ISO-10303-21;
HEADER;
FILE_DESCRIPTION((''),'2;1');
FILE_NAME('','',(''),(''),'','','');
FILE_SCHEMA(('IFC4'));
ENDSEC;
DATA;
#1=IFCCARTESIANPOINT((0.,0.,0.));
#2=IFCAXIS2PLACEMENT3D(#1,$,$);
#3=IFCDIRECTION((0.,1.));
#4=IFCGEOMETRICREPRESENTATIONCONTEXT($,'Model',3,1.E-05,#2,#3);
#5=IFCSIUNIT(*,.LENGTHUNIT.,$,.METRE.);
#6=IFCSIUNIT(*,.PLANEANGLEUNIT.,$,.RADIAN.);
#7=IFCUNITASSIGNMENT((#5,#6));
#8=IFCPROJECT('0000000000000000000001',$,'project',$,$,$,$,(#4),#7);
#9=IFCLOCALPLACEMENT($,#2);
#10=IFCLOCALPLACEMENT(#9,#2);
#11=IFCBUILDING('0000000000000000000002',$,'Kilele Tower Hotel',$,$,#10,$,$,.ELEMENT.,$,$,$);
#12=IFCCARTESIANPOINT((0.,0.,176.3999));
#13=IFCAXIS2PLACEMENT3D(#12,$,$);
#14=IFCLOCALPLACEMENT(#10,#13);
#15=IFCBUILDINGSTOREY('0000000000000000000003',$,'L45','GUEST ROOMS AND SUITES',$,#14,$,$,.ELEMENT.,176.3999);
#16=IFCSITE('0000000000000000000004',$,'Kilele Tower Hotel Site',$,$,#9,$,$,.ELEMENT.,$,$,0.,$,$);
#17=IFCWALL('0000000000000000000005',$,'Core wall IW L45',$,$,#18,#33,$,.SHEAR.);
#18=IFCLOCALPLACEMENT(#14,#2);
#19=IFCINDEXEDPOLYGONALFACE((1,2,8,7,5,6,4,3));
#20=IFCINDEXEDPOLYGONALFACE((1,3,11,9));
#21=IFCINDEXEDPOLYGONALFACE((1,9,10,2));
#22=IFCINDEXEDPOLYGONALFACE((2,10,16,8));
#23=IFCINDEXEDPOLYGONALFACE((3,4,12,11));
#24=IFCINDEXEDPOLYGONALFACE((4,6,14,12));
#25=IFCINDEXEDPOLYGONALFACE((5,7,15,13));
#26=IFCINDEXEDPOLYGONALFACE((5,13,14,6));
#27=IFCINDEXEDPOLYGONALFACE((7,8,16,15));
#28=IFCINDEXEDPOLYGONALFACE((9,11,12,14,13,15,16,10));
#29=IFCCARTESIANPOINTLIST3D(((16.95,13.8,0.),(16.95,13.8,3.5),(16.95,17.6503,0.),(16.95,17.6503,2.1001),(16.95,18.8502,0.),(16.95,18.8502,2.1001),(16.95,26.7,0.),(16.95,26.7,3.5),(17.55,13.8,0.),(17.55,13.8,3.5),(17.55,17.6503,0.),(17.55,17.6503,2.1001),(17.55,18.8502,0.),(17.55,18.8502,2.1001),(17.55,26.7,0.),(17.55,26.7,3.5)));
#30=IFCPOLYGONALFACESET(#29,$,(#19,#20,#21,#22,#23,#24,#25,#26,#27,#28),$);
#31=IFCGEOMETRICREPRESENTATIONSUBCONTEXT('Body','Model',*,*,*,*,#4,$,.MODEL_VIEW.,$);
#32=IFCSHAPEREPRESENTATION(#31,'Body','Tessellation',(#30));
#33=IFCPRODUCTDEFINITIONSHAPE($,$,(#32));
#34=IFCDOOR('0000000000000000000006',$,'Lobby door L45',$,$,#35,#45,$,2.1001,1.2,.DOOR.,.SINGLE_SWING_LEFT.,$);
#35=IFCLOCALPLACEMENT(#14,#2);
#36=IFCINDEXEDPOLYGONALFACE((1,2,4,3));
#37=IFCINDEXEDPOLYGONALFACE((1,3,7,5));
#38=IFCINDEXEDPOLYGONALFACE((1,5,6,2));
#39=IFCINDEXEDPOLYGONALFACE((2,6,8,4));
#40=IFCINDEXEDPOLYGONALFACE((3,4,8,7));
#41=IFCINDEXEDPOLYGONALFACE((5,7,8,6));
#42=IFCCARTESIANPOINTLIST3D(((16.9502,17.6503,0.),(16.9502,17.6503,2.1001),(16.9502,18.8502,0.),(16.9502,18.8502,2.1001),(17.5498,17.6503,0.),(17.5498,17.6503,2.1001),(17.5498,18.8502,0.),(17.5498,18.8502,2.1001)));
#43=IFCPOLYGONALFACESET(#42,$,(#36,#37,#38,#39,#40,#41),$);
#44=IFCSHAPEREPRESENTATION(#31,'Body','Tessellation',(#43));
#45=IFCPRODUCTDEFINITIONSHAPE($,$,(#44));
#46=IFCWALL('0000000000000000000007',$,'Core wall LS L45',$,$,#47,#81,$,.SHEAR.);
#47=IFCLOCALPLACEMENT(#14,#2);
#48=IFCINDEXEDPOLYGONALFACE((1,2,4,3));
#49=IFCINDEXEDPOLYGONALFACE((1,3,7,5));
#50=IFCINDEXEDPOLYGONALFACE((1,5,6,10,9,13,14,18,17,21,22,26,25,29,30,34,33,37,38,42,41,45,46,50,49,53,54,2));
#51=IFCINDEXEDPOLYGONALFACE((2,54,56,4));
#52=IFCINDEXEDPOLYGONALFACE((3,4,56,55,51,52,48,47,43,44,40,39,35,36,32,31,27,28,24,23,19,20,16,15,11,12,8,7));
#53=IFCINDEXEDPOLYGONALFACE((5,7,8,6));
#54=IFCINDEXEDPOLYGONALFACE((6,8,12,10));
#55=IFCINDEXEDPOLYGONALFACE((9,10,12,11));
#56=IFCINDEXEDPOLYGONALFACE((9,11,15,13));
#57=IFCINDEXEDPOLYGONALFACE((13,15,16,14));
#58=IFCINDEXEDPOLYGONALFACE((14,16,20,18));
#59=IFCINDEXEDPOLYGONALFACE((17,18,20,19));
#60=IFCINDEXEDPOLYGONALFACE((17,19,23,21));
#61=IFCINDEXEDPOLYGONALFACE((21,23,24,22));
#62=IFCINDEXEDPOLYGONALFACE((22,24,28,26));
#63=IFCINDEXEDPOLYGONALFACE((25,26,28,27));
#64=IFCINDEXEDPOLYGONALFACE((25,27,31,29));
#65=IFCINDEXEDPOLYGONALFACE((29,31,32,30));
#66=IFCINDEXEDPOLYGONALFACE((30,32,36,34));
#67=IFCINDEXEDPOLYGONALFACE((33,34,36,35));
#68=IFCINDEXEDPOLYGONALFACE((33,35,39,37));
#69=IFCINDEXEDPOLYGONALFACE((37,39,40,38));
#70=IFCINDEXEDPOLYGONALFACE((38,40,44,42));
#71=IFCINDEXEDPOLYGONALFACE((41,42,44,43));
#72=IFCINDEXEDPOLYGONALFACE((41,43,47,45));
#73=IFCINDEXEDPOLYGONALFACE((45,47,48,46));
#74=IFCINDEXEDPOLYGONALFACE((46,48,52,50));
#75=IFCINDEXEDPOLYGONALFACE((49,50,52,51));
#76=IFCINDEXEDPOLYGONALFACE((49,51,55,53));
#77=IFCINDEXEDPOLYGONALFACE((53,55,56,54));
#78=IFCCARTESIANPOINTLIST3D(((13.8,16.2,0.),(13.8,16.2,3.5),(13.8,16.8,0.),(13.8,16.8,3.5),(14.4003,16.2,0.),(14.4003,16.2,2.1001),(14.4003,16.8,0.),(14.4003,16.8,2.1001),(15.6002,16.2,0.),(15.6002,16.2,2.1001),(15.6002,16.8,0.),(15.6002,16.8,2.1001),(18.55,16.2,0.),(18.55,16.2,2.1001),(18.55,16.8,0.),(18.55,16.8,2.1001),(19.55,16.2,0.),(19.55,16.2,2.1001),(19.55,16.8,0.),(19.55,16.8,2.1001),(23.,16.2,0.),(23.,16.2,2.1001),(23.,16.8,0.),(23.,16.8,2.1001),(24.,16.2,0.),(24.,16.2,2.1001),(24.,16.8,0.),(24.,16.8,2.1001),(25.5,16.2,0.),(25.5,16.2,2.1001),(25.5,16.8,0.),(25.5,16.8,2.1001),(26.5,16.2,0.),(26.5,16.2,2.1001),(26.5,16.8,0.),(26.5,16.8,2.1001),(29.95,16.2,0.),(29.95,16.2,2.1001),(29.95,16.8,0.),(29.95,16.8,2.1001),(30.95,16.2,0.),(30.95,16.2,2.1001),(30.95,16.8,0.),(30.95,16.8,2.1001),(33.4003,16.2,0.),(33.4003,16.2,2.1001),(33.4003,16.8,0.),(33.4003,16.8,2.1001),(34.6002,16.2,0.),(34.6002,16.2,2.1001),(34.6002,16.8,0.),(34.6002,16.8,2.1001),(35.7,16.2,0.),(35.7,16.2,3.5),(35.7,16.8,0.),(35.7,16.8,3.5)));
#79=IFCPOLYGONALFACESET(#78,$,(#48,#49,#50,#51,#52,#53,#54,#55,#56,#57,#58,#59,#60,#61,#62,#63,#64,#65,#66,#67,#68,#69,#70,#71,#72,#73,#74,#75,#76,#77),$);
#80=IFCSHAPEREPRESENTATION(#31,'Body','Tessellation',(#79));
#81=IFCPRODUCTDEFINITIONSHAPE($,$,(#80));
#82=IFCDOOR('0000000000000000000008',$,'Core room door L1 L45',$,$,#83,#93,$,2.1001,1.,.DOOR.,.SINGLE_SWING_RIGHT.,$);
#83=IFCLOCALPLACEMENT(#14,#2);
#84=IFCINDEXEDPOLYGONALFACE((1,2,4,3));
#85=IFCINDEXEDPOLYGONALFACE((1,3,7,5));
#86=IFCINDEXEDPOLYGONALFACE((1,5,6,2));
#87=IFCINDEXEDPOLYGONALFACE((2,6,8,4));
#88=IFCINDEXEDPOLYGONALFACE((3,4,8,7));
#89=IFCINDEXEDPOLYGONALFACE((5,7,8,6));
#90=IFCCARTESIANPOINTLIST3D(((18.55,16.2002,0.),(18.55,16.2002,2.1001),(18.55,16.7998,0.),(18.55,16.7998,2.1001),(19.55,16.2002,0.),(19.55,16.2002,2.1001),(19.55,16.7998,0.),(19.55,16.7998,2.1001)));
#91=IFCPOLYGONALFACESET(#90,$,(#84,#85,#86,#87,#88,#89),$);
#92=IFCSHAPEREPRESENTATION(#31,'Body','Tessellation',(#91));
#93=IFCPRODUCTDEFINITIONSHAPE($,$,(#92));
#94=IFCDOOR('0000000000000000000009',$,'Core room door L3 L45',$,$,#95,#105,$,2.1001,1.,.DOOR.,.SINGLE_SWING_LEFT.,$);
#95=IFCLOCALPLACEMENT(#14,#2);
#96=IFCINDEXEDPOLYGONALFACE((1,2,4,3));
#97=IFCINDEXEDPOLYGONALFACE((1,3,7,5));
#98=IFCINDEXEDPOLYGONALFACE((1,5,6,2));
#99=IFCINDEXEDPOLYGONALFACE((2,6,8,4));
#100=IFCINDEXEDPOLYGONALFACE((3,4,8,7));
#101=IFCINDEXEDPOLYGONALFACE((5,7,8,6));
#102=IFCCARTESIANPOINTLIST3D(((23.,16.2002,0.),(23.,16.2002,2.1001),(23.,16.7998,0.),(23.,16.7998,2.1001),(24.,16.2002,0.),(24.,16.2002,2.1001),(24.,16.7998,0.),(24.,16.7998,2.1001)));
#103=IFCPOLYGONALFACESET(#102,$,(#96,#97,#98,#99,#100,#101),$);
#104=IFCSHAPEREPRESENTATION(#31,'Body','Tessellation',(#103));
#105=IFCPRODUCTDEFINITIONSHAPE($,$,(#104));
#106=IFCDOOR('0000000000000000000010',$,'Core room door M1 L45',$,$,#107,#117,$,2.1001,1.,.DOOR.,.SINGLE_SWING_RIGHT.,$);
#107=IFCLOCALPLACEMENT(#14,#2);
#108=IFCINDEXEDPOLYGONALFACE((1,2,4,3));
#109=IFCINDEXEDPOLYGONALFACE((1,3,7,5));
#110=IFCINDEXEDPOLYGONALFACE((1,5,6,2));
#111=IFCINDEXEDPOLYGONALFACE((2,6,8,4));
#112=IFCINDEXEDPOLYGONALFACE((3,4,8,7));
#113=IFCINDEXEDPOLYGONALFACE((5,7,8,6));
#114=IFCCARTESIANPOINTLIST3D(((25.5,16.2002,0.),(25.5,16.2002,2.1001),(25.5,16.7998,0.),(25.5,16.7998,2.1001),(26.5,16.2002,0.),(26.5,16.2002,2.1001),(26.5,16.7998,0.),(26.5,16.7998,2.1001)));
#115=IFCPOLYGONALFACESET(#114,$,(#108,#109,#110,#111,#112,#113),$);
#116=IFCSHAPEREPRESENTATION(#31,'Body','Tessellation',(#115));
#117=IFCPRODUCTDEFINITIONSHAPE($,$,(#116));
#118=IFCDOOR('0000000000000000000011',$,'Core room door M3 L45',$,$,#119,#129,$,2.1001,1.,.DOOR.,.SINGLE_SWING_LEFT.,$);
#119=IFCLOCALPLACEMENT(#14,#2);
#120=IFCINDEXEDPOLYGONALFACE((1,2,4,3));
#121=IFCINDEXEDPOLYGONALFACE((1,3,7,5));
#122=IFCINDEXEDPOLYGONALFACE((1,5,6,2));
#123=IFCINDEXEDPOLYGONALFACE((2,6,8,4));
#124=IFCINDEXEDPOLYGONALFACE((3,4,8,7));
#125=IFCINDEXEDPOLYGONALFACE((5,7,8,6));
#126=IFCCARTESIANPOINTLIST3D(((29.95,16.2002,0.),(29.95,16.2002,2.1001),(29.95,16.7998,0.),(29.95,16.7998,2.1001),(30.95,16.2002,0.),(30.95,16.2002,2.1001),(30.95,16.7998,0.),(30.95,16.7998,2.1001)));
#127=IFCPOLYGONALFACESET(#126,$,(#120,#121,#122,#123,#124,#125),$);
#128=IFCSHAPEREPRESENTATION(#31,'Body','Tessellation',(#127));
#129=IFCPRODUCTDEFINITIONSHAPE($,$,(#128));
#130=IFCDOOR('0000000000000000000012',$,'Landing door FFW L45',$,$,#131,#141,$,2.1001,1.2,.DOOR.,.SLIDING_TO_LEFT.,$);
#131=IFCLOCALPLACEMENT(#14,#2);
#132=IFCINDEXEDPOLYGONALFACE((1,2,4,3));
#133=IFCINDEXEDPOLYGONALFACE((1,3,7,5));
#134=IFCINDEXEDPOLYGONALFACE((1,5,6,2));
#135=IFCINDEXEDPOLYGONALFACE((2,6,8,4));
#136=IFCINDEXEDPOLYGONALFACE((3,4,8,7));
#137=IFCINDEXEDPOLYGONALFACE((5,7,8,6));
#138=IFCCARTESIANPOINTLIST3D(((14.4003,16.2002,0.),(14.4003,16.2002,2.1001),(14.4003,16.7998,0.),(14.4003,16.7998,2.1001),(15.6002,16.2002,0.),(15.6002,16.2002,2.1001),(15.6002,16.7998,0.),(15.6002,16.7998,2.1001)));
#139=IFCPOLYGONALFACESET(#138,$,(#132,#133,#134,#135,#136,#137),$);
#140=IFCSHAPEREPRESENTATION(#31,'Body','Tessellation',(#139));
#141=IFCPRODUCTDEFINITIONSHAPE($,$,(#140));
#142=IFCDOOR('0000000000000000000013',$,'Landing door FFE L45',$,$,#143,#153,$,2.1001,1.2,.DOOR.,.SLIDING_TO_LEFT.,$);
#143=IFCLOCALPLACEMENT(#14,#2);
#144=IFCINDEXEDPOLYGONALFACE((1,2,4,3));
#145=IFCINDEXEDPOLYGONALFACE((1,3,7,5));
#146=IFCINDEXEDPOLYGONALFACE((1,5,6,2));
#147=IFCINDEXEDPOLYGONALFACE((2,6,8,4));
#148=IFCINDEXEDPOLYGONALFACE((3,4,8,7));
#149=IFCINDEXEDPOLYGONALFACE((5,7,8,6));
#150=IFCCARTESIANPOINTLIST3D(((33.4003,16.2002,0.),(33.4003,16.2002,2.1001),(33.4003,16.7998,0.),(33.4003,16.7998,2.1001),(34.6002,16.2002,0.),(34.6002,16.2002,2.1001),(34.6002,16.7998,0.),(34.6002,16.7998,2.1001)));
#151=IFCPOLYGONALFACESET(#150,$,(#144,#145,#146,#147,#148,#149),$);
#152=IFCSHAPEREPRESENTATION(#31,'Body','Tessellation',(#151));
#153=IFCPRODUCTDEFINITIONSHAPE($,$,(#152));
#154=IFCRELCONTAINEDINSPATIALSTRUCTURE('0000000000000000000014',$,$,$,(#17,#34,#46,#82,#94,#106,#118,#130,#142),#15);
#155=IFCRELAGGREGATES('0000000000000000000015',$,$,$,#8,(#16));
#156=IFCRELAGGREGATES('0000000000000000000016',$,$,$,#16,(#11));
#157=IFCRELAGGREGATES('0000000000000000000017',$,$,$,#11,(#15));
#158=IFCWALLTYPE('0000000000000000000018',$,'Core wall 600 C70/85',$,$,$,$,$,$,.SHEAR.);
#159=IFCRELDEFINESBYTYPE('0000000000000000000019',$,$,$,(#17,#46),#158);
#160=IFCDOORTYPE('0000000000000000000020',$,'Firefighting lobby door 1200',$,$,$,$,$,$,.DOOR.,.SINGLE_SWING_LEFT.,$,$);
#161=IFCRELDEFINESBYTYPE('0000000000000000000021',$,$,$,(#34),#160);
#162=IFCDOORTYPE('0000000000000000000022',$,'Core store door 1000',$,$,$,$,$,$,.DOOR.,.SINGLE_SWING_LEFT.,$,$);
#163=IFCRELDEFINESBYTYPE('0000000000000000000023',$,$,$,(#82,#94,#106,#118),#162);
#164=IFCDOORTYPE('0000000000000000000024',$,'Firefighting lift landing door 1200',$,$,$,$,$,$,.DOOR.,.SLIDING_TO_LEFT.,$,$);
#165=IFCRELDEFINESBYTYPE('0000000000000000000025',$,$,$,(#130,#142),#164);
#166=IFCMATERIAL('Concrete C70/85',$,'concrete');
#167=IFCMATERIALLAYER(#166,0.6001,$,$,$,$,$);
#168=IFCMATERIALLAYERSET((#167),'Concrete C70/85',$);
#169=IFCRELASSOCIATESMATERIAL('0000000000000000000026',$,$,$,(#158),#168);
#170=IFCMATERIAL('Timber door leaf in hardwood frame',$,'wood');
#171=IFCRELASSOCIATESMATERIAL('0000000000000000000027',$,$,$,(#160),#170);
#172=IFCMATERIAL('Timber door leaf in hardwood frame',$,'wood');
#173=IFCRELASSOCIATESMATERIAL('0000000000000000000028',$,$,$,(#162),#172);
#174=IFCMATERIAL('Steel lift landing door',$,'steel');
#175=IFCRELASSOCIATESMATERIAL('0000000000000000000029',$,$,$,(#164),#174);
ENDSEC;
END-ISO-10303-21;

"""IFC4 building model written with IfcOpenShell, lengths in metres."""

from ifc_helpers import new_model, si_unit, direction, frame, frame_2d, origin, place, context, subcontext, project, spatial, rectangle, extrude, material, layer, layer_set, type_object, element, fill, save


model = new_model("IFC4")

# Units and contexts
model_context = context("Model", 3, precision=1e-05, world=origin(), true_north=direction((0.0, 1.0)))
body_context = subcontext(model_context, "Body", "Model", "MODEL_VIEW")
ifc_project = project(units=[si_unit("LENGTHUNIT", "METRE"), si_unit("PLANEANGLEUNIT", "RADIAN")], contexts=[model_context])

# Site, building, storey
site_placement = place(None, origin())
site = spatial("IfcSite", under=ifc_project, at=site_placement, Name="Kilele Tower Hotel Site", CompositionType="ELEMENT", RefElevation=0.0)
building_placement = place(site_placement, origin())
building = spatial("IfcBuilding", under=site, at=building_placement, Name="Kilele Tower Hotel", CompositionType="ELEMENT")
storey_placement = place(building_placement, frame((0.0, 0.0, 176.3999)))
storey = spatial("IfcBuildingStorey", under=building, at=storey_placement, Name="L45", Description="GUEST ROOMS AND SUITES", CompositionType="ELEMENT", Elevation=176.3999)

# Wall, opening, door
ifc_material_1 = material(Name="Concrete C70/85", Category="concrete")
ifc_layer = layer(ifc_material_1, 0.6001)
ifc_layer_set = layer_set([ifc_layer], Name="Concrete C70/85")
wall_type = type_object("IfcWallType", Name="Core wall 600 C70/85", PredefinedType="SHEAR", material=ifc_layer_set)
wall_1_placement = place(storey_placement, frame((17.25, 13.8, 0.0), z_axis=(0.0, 0.0, 1.0), x_axis=(0.0, 1.0, 0.0)))
wall_1 = element("IfcWall", 1, at=wall_1_placement, inside=storey, type_object=wall_type, Name="Core wall IW L45", PredefinedType="SHEAR", context=body_context, shape_type="SweptSolid", body=[
    extrude(rectangle(XDim=12.8999, YDim=0.6001, at=frame_2d((6.45, 0.0))), origin(), (0.0, 0.0, 1.0), 3.5),
])
opening_1_placement = place(wall_1_placement, frame((3.8501, 0.0, 0.0)))
opening_1 = element("IfcOpeningElement", 2, at=opening_1_placement, cuts=wall_1, PredefinedType="OPENING", context=body_context, shape_type="SweptSolid", body=[
    extrude(rectangle(XDim=1.2, YDim=2.1001, at=frame_2d((0.6001, 1.05))), frame((0.0, 0.3101, 0.0), z_axis=(0.0, -1.0, 0.0), x_axis=(1.0, 0.0, 0.0)), (0.0, 0.0, 1.0), 0.6201),
])
ifc_material_2 = material(Name="Timber door leaf in hardwood frame", Category="wood")
door_type_1 = type_object("IfcDoorType", Name="Firefighting lobby door 1200", OperationType="SINGLE_SWING_LEFT", PredefinedType="DOOR", material=ifc_material_2)
door_1_placement = place(opening_1_placement, origin())
door_1 = element("IfcDoor", 3, at=door_1_placement, inside=storey, type_object=door_type_1, Name="Lobby door L45", OperationType="SINGLE_SWING_LEFT", OverallHeight=2.1001, OverallWidth=1.2, PredefinedType="DOOR", context=body_context, shape_type="SweptSolid", body=[
    extrude(rectangle(XDim=1.2, YDim=2.1001, at=frame_2d((0.6001, 1.05))), frame((0.0, 0.2998, 0.0), z_axis=(0.0, -1.0, 0.0), x_axis=(1.0, 0.0, 0.0)), (0.0, 0.0, 1.0), 0.5996),
])
fill(opening_1, door_1)

# Wall, openings, doors
wall_2_placement = place(storey_placement, frame((13.8, 16.5, 0.0), z_axis=(0.0, 0.0, 1.0), x_axis=(1.0, 0.0, 0.0)))
wall_2 = element("IfcWall", 4, at=wall_2_placement, inside=storey, type_object=wall_type, Name="Core wall LS L45", PredefinedType="SHEAR", context=body_context, shape_type="SweptSolid", body=[
    extrude(rectangle(XDim=21.8999, YDim=0.6001, at=frame_2d((10.95, 0.0))), origin(), (0.0, 0.0, 1.0), 3.5),
])
opening_2_placement = place(wall_2_placement, frame((5.75, 0.0, 0.0), z_axis=(0.0, 0.0, 1.0), x_axis=(-1.0, 0.0, 0.0)))
opening_2 = element("IfcOpeningElement", 5, at=opening_2_placement, cuts=wall_2, PredefinedType="OPENING", context=body_context, shape_type="SweptSolid", body=[
    extrude(rectangle(XDim=1.0, YDim=2.1001, at=frame_2d((0.5, 1.05))), frame((0.0, 0.3101, 0.0), z_axis=(0.0, -1.0, 0.0), x_axis=(1.0, 0.0, 0.0)), (0.0, 0.0, 1.0), 0.6201),
])
opening_3_placement = place(wall_2_placement, frame((10.2, 0.0, 0.0), z_axis=(0.0, 0.0, 1.0), x_axis=(-1.0, 0.0, 0.0)))
opening_3 = element("IfcOpeningElement", 6, at=opening_3_placement, cuts=wall_2, PredefinedType="OPENING", context=body_context, shape_type="SweptSolid", body=[
    extrude(rectangle(XDim=1.0, YDim=2.1001, at=frame_2d((0.5, 1.05))), frame((0.0, 0.3101, 0.0), z_axis=(0.0, -1.0, 0.0), x_axis=(1.0, 0.0, 0.0)), (0.0, 0.0, 1.0), 0.6201),
])
opening_4_placement = place(wall_2_placement, frame((12.7, 0.0, 0.0), z_axis=(0.0, 0.0, 1.0), x_axis=(-1.0, 0.0, 0.0)))
opening_4 = element("IfcOpeningElement", 7, at=opening_4_placement, cuts=wall_2, PredefinedType="OPENING", context=body_context, shape_type="SweptSolid", body=[
    extrude(rectangle(XDim=1.0, YDim=2.1001, at=frame_2d((0.5, 1.05))), frame((0.0, 0.3101, 0.0), z_axis=(0.0, -1.0, 0.0), x_axis=(1.0, 0.0, 0.0)), (0.0, 0.0, 1.0), 0.6201),
])
opening_5_placement = place(wall_2_placement, frame((17.1499, 0.0, 0.0), z_axis=(0.0, 0.0, 1.0), x_axis=(-1.0, 0.0, 0.0)))
opening_5 = element("IfcOpeningElement", 8, at=opening_5_placement, cuts=wall_2, PredefinedType="OPENING", context=body_context, shape_type="SweptSolid", body=[
    extrude(rectangle(XDim=1.0, YDim=2.1001, at=frame_2d((0.5, 1.05))), frame((0.0, 0.3101, 0.0), z_axis=(0.0, -1.0, 0.0), x_axis=(1.0, 0.0, 0.0)), (0.0, 0.0, 1.0), 0.6201),
])
opening_6_placement = place(wall_2_placement, frame((0.6001, 0.0, 0.0)))
opening_6 = element("IfcOpeningElement", 9, at=opening_6_placement, cuts=wall_2, PredefinedType="OPENING", context=body_context, shape_type="SweptSolid", body=[
    extrude(rectangle(XDim=1.2, YDim=2.1001, at=frame_2d((0.6001, 1.05))), frame((0.0, 0.3101, 0.0), z_axis=(0.0, -1.0, 0.0), x_axis=(1.0, 0.0, 0.0)), (0.0, 0.0, 1.0), 0.6201),
])
opening_7_placement = place(wall_2_placement, frame((19.6001, 0.0, 0.0)))
opening_7 = element("IfcOpeningElement", 10, at=opening_7_placement, cuts=wall_2, PredefinedType="OPENING", context=body_context, shape_type="SweptSolid", body=[
    extrude(rectangle(XDim=1.2, YDim=2.1001, at=frame_2d((0.6001, 1.05))), frame((0.0, 0.3101, 0.0), z_axis=(0.0, -1.0, 0.0), x_axis=(1.0, 0.0, 0.0)), (0.0, 0.0, 1.0), 0.6201),
])
ifc_material_3 = material(Name="Timber door leaf in hardwood frame", Category="wood")
door_type_2 = type_object("IfcDoorType", Name="Core store door 1000", OperationType="SINGLE_SWING_LEFT", PredefinedType="DOOR", material=ifc_material_3)
door_2_placement = place(opening_2_placement, origin())
door_2 = element("IfcDoor", 11, at=door_2_placement, inside=storey, type_object=door_type_2, Name="Core room door L1 L45", OperationType="SINGLE_SWING_RIGHT", OverallHeight=2.1001, OverallWidth=1.0, PredefinedType="DOOR", context=body_context, shape_type="SweptSolid", body=[
    extrude(rectangle(XDim=1.0, YDim=2.1001, at=frame_2d((0.5, 1.05))), frame((0.0, 0.2998, 0.0), z_axis=(0.0, -1.0, 0.0), x_axis=(1.0, 0.0, 0.0)), (0.0, 0.0, 1.0), 0.5996),
])
fill(opening_2, door_2)
door_3_placement = place(opening_3_placement, origin())
door_3 = element("IfcDoor", 12, at=door_3_placement, inside=storey, type_object=door_type_2, Name="Core room door L3 L45", OperationType="SINGLE_SWING_LEFT", OverallHeight=2.1001, OverallWidth=1.0, PredefinedType="DOOR", context=body_context, shape_type="SweptSolid", body=[
    extrude(rectangle(XDim=1.0, YDim=2.1001, at=frame_2d((0.5, 1.05))), frame((0.0, 0.2998, 0.0), z_axis=(0.0, -1.0, 0.0), x_axis=(1.0, 0.0, 0.0)), (0.0, 0.0, 1.0), 0.5996),
])
fill(opening_3, door_3)
door_4_placement = place(opening_4_placement, origin())
door_4 = element("IfcDoor", 13, at=door_4_placement, inside=storey, type_object=door_type_2, Name="Core room door M1 L45", OperationType="SINGLE_SWING_RIGHT", OverallHeight=2.1001, OverallWidth=1.0, PredefinedType="DOOR", context=body_context, shape_type="SweptSolid", body=[
    extrude(rectangle(XDim=1.0, YDim=2.1001, at=frame_2d((0.5, 1.05))), frame((0.0, 0.2998, 0.0), z_axis=(0.0, -1.0, 0.0), x_axis=(1.0, 0.0, 0.0)), (0.0, 0.0, 1.0), 0.5996),
])
fill(opening_4, door_4)
door_5_placement = place(opening_5_placement, origin())
door_5 = element("IfcDoor", 14, at=door_5_placement, inside=storey, type_object=door_type_2, Name="Core room door M3 L45", OperationType="SINGLE_SWING_LEFT", OverallHeight=2.1001, OverallWidth=1.0, PredefinedType="DOOR", context=body_context, shape_type="SweptSolid", body=[
    extrude(rectangle(XDim=1.0, YDim=2.1001, at=frame_2d((0.5, 1.05))), frame((0.0, 0.2998, 0.0), z_axis=(0.0, -1.0, 0.0), x_axis=(1.0, 0.0, 0.0)), (0.0, 0.0, 1.0), 0.5996),
])
fill(opening_5, door_5)
ifc_material_4 = material(Name="Steel lift landing door", Category="steel")
door_type_3 = type_object("IfcDoorType", Name="Firefighting lift landing door 1200", OperationType="SLIDING_TO_LEFT", PredefinedType="DOOR", material=ifc_material_4)
door_6_placement = place(opening_6_placement, origin())
door_6 = element("IfcDoor", 15, at=door_6_placement, inside=storey, type_object=door_type_3, Name="Landing door FFW L45", OperationType="SLIDING_TO_LEFT", OverallHeight=2.1001, OverallWidth=1.2, PredefinedType="DOOR", context=body_context, shape_type="SweptSolid", body=[
    extrude(rectangle(XDim=1.2, YDim=2.1001, at=frame_2d((0.6001, 1.05))), frame((0.0, 0.2998, 0.0), z_axis=(0.0, -1.0, 0.0), x_axis=(1.0, 0.0, 0.0)), (0.0, 0.0, 1.0), 0.5996),
])
fill(opening_6, door_6)
door_7_placement = place(opening_7_placement, origin())
door_7 = element("IfcDoor", 16, at=door_7_placement, inside=storey, type_object=door_type_3, Name="Landing door FFE L45", OperationType="SLIDING_TO_LEFT", OverallHeight=2.1001, OverallWidth=1.2, PredefinedType="DOOR", context=body_context, shape_type="SweptSolid", body=[
    extrude(rectangle(XDim=1.2, YDim=2.1001, at=frame_2d((0.6001, 1.05))), frame((0.0, 0.2998, 0.0), z_axis=(0.0, -1.0, 0.0), x_axis=(1.0, 0.0, 0.0)), (0.0, 0.0, 1.0), 0.5996),
])
fill(opening_7, door_7)

save(model, "model.ifc")
